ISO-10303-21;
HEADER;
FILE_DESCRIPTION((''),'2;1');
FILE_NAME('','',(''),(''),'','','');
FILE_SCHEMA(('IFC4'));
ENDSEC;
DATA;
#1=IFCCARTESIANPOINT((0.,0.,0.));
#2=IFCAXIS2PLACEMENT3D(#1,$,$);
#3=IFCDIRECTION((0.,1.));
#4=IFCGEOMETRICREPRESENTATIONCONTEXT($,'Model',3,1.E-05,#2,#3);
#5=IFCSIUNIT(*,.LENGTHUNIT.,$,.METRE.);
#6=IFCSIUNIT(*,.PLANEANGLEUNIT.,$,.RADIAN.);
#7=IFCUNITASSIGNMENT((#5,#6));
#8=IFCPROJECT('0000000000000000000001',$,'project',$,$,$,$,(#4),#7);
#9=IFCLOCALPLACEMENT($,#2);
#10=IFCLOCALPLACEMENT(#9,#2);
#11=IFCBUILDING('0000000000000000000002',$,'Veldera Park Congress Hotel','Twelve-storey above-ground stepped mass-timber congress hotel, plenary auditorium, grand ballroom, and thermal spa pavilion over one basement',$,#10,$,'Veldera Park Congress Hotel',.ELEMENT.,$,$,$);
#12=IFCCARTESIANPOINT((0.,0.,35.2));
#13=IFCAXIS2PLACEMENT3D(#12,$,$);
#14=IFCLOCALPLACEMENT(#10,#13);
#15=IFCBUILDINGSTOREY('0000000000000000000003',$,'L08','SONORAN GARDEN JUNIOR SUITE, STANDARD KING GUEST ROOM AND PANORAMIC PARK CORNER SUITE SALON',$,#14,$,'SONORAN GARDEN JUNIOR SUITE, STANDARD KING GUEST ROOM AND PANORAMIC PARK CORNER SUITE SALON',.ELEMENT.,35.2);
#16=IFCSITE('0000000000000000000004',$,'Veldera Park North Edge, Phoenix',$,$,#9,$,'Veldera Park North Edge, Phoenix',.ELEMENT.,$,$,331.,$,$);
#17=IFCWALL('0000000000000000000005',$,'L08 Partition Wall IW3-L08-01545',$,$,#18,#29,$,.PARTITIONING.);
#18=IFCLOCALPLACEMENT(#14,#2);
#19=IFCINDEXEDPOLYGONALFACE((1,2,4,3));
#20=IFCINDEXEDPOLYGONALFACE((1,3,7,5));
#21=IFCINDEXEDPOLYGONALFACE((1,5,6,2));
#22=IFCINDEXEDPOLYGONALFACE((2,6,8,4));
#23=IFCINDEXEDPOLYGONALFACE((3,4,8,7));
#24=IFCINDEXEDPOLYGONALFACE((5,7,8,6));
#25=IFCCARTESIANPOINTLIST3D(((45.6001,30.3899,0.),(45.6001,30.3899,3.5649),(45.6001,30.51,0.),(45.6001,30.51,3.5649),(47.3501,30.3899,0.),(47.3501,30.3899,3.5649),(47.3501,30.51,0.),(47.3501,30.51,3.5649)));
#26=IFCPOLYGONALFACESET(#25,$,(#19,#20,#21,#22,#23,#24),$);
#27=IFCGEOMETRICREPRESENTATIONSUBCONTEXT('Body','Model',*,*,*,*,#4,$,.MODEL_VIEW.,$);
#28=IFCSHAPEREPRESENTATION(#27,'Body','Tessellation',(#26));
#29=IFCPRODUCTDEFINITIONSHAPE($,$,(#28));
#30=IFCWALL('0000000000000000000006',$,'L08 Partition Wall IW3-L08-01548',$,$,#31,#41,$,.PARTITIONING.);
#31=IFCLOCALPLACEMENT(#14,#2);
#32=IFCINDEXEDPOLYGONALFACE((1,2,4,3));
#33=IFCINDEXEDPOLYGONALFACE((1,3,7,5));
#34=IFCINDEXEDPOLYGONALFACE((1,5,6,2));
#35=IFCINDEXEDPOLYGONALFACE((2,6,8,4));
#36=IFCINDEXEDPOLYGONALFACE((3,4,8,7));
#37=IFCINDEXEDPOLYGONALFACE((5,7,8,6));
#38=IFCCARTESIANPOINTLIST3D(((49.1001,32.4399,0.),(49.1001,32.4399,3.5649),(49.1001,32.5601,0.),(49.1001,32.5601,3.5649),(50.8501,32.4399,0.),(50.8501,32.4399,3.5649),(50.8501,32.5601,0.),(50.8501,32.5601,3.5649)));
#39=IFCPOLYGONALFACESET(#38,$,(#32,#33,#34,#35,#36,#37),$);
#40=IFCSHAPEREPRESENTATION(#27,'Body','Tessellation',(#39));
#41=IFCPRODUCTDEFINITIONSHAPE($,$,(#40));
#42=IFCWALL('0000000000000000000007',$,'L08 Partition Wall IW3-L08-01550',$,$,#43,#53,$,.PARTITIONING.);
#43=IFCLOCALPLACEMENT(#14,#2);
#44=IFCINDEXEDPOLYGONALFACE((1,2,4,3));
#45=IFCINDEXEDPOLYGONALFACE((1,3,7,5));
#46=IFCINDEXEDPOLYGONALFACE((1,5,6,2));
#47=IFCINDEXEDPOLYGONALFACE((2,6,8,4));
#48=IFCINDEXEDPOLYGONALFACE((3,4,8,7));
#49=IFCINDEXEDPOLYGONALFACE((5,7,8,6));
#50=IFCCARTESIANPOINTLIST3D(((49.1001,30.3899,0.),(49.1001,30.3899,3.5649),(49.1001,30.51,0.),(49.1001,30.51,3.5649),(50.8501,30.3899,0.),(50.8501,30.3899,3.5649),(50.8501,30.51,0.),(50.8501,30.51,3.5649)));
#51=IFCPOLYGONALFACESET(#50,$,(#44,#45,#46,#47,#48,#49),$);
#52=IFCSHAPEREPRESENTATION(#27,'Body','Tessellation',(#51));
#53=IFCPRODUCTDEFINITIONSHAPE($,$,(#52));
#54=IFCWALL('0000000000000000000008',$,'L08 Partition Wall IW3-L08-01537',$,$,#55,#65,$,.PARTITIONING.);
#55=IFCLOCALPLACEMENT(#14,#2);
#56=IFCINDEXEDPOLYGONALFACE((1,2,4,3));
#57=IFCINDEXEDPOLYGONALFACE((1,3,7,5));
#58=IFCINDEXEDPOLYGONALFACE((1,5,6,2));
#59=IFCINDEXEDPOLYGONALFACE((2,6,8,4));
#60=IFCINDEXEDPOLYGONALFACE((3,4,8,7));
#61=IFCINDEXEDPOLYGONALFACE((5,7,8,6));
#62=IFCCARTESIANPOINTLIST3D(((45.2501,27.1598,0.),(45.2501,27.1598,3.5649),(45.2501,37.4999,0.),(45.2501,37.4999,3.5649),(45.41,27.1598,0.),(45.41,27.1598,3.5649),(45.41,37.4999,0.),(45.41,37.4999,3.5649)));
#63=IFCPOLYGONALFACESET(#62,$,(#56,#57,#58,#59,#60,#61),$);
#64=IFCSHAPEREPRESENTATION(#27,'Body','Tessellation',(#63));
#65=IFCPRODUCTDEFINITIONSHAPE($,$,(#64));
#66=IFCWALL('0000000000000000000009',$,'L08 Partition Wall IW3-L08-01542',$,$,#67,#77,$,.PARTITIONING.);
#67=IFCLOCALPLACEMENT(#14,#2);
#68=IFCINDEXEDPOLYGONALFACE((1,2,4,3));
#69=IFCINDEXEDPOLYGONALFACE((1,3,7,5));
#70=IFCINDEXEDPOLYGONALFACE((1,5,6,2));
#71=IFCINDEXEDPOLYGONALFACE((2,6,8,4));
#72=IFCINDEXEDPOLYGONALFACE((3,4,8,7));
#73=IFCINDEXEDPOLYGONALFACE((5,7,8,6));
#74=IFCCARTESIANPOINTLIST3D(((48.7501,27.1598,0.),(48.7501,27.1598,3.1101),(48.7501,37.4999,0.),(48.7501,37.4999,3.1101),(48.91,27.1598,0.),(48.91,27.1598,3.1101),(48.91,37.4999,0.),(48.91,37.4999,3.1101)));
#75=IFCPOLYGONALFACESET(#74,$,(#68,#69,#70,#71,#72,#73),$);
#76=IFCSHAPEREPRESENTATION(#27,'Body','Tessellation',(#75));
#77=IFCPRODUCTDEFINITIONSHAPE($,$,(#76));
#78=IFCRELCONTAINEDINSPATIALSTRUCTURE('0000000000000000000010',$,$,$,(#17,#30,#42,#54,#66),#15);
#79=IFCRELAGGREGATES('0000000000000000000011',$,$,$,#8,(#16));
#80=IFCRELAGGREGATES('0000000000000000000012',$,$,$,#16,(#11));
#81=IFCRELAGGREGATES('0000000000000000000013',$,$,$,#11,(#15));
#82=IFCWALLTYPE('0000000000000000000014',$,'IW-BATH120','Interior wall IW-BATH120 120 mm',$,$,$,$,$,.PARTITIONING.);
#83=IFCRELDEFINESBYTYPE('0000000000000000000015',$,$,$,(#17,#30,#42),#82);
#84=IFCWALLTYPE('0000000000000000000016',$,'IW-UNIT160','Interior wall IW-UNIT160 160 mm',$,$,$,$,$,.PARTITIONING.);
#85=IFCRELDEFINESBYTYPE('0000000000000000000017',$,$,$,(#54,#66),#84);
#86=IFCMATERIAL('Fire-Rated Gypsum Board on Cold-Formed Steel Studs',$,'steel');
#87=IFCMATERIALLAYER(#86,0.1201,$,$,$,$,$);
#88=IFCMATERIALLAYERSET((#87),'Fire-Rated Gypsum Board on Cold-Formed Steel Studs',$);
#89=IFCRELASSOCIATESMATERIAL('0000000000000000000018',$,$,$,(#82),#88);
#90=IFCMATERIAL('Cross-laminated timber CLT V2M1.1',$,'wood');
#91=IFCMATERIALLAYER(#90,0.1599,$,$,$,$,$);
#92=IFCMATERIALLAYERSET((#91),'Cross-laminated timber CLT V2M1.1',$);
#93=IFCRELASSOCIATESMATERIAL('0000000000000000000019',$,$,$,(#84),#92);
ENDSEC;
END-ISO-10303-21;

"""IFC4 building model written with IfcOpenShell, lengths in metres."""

from ifc_helpers import new_model, si_unit, direction, frame, frame_2d, origin, place, context, subcontext, project, spatial, rectangle, extrude, material, layer, layer_set, type_object, element, save


model = new_model("IFC4")

# Units and contexts
model_context = context("Model", 3, precision=1e-05, world=origin(), true_north=direction((0.0, 1.0)))
body_context = subcontext(model_context, "Body", "Model", "MODEL_VIEW")
ifc_project = project(units=[si_unit("LENGTHUNIT", "METRE"), si_unit("PLANEANGLEUNIT", "RADIAN")], contexts=[model_context])

# Site, building, storey
site_placement = place(None, origin())
site = spatial("IfcSite", under=ifc_project, at=site_placement, Name="Veldera Park North Edge, Phoenix", LongName="Veldera Park North Edge, Phoenix", CompositionType="ELEMENT", RefElevation=331.0)
building_placement = place(site_placement, origin())
building = spatial("IfcBuilding", under=site, at=building_placement, Name="Veldera Park Congress Hotel", Description="Twelve-storey above-ground stepped mass-timber congress hotel, plenary auditorium, grand ballroom, and thermal spa pavilion over one basement", LongName="Veldera Park Congress Hotel", CompositionType="ELEMENT")
storey_placement = place(building_placement, frame((0.0, 0.0, 35.2)))
storey = spatial("IfcBuildingStorey", under=building, at=storey_placement, Name="L08", Description="SONORAN GARDEN JUNIOR SUITE, STANDARD KING GUEST ROOM AND PANORAMIC PARK CORNER SUITE SALON", LongName="SONORAN GARDEN JUNIOR SUITE, STANDARD KING GUEST ROOM AND PANORAMIC PARK CORNER SUITE SALON", CompositionType="ELEMENT", Elevation=35.2)

# Shared definitions
ifc_material_1 = material(Name="Cross-laminated timber CLT V2M1.1", Category="wood")

# Shared definitions
ifc_material_2 = material(Name="Fire-Rated Gypsum Board on Cold-Formed Steel Studs", Category="steel")
ifc_layer_1 = layer(ifc_material_2, 0.1201)
ifc_layer_set_1 = layer_set([ifc_layer_1], Name="Fire-Rated Gypsum Board on Cold-Formed Steel Studs")
wall_type_1 = type_object("IfcWallType", Name="IW-BATH120", Description="Interior wall IW-BATH120 120 mm", PredefinedType="PARTITIONING", material=ifc_layer_set_1)

# Walls
for number, where, z_axis, x_axis, name in (
    (1, (45.6001, 30.45, 0.0), (0.0, 0.0, 1.0), (1.0, 0.0, 0.0), "L08 Partition Wall IW3-L08-01545"),
    (2, (49.1001, 32.5, 0.0), (0.0, 0.0, 1.0), (1.0, 0.0, 0.0), "L08 Partition Wall IW3-L08-01548"),
):
    element("IfcWall", number, at=place(storey_placement, frame(where, z_axis=z_axis, x_axis=x_axis)), inside=storey, type_object=wall_type_1, Name=name, PredefinedType="PARTITIONING", context=body_context, shape_type="SweptSolid", body=[
        extrude(rectangle(XDim=1.75, YDim=0.1201, at=frame_2d((0.875, 0.0))), origin(), (0.0, 0.0, 1.0), 3.5649),
    ])

# Walls
wall_1_placement = place(storey_placement, frame((49.1001, 30.45, 0.0), z_axis=(0.0, 0.0, 1.0), x_axis=(1.0, 0.0, 0.0)))
element("IfcWall", 3, at=wall_1_placement, inside=storey, type_object=wall_type_1, Name="L08 Partition Wall IW3-L08-01550", PredefinedType="PARTITIONING", context=body_context, shape_type="SweptSolid", body=[
    extrude(rectangle(XDim=1.75, YDim=0.1201, at=frame_2d((0.875, 0.0))), origin(), (0.0, 0.0, 1.0), 3.5649),
])
ifc_layer_2 = layer(ifc_material_1, 0.1599)
ifc_layer_set_2 = layer_set([ifc_layer_2], Name="Cross-laminated timber CLT V2M1.1")
wall_type_2 = type_object("IfcWallType", Name="IW-UNIT160", Description="Interior wall IW-UNIT160 160 mm", PredefinedType="PARTITIONING", material=ifc_layer_set_2)
wall_2_placement = place(storey_placement, frame((45.3301, 27.1599, 0.0), z_axis=(0.0, 0.0, 1.0), x_axis=(0.0, 1.0, 0.0)))
element("IfcWall", 4, at=wall_2_placement, inside=storey, type_object=wall_type_2, Name="L08 Partition Wall IW3-L08-01537", PredefinedType="PARTITIONING", context=body_context, shape_type="SweptSolid", body=[
    extrude(rectangle(XDim=10.3401, YDim=0.1599, at=frame_2d((5.1699, 0.0))), origin(), (0.0, 0.0, 1.0), 3.5649),
])
wall_3_placement = place(storey_placement, frame((48.8301, 27.1599, 0.0), z_axis=(0.0, 0.0, 1.0), x_axis=(0.0, 1.0, 0.0)))
element("IfcWall", 5, at=wall_3_placement, inside=storey, type_object=wall_type_2, Name="L08 Partition Wall IW3-L08-01542", PredefinedType="PARTITIONING", context=body_context, shape_type="SweptSolid", body=[
    extrude(rectangle(XDim=10.3401, YDim=0.1599, at=frame_2d((5.1699, 0.0))), origin(), (0.0, 0.0, 1.0), 3.1101),
])

save(model, "model.ifc")
